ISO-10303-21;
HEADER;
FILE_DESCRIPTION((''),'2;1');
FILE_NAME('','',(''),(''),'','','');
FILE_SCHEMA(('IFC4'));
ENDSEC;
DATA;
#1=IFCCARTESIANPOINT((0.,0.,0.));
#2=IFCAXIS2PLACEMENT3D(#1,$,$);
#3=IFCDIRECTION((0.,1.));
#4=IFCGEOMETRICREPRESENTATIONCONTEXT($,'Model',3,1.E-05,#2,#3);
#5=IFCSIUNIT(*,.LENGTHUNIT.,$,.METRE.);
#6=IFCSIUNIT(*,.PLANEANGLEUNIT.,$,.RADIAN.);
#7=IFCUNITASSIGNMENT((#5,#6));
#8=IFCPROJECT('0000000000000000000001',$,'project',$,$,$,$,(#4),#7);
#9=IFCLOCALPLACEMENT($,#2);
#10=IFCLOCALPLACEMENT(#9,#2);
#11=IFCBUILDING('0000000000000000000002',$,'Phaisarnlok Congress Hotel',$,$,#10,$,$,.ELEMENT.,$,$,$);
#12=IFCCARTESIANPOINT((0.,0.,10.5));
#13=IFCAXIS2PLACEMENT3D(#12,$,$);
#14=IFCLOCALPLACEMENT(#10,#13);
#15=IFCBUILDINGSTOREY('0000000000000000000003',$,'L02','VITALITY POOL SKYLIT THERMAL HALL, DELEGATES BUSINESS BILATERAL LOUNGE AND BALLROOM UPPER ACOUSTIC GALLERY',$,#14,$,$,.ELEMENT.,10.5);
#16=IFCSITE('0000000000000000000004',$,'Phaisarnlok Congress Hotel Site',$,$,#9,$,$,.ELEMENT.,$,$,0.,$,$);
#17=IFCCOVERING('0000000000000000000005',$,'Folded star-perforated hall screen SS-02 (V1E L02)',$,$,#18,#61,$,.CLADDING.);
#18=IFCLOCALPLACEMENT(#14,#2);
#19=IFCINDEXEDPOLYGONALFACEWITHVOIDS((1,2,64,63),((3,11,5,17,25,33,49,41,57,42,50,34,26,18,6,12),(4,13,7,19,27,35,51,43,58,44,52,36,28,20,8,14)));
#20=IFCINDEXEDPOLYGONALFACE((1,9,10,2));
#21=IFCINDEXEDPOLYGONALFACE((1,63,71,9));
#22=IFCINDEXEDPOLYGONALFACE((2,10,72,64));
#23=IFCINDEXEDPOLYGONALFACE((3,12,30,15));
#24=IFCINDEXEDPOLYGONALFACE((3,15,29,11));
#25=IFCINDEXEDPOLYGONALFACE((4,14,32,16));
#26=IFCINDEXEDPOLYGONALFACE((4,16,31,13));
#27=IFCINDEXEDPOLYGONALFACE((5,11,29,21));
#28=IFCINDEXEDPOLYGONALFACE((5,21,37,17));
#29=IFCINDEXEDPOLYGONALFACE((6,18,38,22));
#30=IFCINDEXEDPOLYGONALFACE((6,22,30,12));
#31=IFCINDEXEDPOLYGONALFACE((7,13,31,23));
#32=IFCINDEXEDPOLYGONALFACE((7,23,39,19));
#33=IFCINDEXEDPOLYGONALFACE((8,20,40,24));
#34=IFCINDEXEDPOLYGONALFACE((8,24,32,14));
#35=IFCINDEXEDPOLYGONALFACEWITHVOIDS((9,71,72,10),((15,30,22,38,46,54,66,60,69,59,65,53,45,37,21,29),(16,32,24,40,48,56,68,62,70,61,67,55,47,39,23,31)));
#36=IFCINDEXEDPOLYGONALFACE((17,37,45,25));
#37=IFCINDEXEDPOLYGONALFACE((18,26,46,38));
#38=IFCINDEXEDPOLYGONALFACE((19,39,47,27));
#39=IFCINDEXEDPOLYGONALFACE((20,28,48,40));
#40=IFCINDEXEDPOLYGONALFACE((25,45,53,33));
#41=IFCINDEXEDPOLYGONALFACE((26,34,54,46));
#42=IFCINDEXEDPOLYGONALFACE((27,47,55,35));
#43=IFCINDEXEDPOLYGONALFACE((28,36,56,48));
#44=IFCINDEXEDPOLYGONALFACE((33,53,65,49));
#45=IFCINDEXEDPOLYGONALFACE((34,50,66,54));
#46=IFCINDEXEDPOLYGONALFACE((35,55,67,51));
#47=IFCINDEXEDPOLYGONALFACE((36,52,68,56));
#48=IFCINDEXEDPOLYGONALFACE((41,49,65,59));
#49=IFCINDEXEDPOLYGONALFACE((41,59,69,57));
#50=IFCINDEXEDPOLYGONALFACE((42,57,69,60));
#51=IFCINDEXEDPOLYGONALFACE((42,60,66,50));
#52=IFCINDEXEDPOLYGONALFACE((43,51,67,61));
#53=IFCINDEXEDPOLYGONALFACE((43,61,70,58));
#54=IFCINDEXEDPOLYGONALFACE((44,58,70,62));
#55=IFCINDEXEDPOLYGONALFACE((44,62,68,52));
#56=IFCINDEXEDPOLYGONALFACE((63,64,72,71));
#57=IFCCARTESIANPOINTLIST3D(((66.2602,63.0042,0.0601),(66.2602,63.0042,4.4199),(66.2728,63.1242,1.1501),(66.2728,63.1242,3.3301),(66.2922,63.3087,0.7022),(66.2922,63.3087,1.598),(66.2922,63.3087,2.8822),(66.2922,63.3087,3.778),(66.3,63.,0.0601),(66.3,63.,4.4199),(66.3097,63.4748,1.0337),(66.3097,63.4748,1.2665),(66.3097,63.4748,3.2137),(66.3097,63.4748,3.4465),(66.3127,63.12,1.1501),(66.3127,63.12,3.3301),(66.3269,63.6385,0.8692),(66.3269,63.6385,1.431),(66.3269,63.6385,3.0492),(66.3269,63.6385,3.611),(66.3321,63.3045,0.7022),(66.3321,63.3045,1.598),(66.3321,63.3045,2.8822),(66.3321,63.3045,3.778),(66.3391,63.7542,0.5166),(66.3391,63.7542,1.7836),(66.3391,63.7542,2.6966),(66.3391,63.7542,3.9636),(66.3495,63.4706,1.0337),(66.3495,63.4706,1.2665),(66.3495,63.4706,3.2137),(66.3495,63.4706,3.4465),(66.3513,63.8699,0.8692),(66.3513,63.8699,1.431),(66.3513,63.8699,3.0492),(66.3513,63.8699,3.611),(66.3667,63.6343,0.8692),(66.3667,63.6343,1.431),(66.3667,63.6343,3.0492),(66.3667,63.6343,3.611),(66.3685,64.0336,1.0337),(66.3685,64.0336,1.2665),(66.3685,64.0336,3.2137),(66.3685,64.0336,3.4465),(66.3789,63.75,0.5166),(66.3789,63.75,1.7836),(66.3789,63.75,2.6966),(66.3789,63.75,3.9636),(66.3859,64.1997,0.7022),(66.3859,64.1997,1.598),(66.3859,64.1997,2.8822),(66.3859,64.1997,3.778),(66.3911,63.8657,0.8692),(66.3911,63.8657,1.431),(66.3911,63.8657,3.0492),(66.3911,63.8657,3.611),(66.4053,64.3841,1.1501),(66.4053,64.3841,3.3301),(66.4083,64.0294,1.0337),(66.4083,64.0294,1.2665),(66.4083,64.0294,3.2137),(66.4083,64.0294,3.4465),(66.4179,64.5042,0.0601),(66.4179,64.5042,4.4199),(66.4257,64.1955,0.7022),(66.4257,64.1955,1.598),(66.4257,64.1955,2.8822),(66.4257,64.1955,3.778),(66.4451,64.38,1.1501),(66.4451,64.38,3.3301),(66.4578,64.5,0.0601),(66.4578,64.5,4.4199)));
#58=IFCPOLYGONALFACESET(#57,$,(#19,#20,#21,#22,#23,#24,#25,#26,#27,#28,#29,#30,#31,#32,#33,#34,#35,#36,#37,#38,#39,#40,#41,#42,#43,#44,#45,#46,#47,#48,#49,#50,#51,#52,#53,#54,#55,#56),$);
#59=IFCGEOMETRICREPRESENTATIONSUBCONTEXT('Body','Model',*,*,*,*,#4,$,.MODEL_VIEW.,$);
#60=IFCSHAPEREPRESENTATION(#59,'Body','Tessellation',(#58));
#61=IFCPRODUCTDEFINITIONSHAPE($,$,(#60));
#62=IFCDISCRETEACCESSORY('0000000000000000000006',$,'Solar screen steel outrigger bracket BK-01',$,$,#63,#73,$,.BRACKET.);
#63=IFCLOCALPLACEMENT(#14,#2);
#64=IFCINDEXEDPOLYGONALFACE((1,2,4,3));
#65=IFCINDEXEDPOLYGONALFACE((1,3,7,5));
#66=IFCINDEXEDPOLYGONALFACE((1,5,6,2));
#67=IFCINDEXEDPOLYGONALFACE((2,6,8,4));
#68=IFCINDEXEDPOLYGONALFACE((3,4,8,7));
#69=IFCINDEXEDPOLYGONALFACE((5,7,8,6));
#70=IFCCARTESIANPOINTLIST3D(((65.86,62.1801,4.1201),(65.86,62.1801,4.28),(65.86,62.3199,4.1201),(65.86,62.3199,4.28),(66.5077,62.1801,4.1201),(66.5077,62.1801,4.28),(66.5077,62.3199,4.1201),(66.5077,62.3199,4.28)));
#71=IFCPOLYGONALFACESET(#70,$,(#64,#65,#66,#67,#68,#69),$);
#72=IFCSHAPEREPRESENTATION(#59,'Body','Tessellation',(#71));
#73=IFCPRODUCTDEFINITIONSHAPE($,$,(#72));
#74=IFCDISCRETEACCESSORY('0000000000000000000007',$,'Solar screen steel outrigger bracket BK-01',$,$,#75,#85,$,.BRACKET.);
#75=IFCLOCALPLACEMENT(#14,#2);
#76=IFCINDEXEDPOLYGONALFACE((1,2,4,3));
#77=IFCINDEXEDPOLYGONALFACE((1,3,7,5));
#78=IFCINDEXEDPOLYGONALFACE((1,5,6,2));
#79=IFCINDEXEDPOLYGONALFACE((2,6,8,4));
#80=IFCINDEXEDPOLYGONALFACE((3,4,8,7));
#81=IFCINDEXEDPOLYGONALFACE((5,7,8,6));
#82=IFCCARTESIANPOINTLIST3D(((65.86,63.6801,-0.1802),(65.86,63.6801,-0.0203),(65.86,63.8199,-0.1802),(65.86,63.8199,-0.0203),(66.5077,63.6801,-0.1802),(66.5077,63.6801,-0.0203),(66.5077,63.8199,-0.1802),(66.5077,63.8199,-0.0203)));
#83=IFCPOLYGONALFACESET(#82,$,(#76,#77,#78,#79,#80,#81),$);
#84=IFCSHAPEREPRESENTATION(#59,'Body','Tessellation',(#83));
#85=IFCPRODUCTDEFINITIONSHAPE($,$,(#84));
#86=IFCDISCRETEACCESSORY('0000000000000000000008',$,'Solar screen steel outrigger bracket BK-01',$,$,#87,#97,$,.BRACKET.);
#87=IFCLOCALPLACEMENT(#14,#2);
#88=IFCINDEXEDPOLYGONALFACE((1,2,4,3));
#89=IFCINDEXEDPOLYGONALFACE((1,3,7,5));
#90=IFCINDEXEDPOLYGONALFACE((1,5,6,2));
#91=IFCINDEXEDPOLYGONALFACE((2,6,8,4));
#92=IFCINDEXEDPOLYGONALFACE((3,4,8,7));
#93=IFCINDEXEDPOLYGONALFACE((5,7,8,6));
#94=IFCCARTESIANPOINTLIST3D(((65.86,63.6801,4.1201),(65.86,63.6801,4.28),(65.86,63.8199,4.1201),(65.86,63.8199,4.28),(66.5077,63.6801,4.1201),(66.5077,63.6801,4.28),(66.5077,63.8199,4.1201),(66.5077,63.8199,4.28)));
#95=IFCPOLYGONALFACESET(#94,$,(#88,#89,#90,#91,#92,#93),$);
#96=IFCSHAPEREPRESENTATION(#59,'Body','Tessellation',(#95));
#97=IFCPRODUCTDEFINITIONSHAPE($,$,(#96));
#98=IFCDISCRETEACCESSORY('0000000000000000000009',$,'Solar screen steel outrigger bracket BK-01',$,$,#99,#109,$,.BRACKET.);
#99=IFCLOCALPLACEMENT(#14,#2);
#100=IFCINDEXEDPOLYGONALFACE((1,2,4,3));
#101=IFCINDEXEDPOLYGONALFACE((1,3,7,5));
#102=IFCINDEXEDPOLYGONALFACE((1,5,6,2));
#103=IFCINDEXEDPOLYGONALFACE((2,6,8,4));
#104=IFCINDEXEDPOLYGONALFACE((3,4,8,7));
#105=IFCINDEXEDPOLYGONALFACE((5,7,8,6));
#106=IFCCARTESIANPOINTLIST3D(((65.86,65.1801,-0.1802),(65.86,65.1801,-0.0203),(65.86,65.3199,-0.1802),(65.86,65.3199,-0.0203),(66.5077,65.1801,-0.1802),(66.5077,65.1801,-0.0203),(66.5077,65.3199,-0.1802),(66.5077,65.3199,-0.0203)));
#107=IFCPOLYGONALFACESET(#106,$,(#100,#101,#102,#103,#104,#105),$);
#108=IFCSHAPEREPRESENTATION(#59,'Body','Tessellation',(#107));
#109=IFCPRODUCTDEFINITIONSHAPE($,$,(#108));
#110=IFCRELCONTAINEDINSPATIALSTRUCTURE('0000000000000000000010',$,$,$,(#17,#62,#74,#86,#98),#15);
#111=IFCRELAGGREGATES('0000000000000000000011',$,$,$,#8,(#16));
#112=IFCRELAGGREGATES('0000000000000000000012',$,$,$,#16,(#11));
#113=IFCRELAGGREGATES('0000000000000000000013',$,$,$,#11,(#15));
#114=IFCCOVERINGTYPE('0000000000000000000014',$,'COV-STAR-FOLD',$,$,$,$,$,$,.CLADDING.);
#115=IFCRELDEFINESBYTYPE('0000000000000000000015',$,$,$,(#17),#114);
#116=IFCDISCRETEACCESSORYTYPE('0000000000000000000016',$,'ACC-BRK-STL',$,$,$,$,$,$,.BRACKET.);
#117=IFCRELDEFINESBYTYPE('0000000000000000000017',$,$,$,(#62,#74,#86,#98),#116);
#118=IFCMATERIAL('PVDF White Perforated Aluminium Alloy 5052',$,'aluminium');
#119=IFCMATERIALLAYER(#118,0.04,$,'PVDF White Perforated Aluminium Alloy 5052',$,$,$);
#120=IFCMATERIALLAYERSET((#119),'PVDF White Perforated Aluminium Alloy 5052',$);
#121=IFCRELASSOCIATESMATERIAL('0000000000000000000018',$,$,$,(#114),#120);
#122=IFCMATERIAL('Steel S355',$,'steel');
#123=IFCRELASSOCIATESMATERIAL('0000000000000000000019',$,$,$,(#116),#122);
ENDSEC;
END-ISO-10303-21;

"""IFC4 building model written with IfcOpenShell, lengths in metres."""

from ifc_helpers import new_model, si_unit, direction, frame, origin, origin_2d, place, context, subcontext, project, spatial, polyline, rectangle, outline, extrude, material, layer, layer_set, type_object, element, save


model = new_model("IFC4")

# Units and contexts
model_context = context("Model", 3, precision=1e-05, world=origin(), true_north=direction((0.0, 1.0)))
body_context = subcontext(model_context, "Body", "Model", "MODEL_VIEW")
ifc_project = project(units=[si_unit("LENGTHUNIT", "METRE"), si_unit("PLANEANGLEUNIT", "RADIAN")], contexts=[model_context])

# Site, building, storey
site_placement = place(None, origin())
site = spatial("IfcSite", under=ifc_project, at=site_placement, Name="Phaisarnlok Congress Hotel Site", CompositionType="ELEMENT", RefElevation=0.0)
building_placement = place(site_placement, origin())
building = spatial("IfcBuilding", under=site, at=building_placement, Name="Phaisarnlok Congress Hotel", CompositionType="ELEMENT")
storey_placement = place(building_placement, frame((0.0, 0.0, 10.5)))
storey = spatial("IfcBuildingStorey", under=building, at=storey_placement, Name="L02", Description="VITALITY POOL SKYLIT THERMAL HALL, DELEGATES BUSINESS BILATERAL LOUNGE AND BALLROOM UPPER ACOUSTIC GALLERY", CompositionType="ELEMENT", Elevation=10.5)

# Shared definitions
ifc_material_1 = material(Name="Steel S355", Category="steel")

# Covering
ifc_material_2 = material(Name="PVDF White Perforated Aluminium Alloy 5052", Category="aluminium")
ifc_layer_1 = layer(ifc_material_2, 0.04, Name="PVDF White Perforated Aluminium Alloy 5052")
ifc_layer_set_1 = layer_set([ifc_layer_1], Name="PVDF White Perforated Aluminium Alloy 5052")
covering_type = type_object("IfcCoveringType", Name="COV-STAR-FOLD", PredefinedType="CLADDING", material=ifc_layer_set_1)
for number, where, z_axis, x_axis, name in (
    (1, (66.4578, 64.5, 0.0601), (-0.994518, 0.104567, 0.0), (-0.104567, -0.994518, 0.0), "Folded star-perforated hall screen SS-02 (V1E L02)"),
):
    element("IfcCovering", number, at=place(storey_placement, frame(where, z_axis=z_axis, x_axis=x_axis)), inside=storey, type_object=covering_type, Name=name, PredefinedType="CLADDING", context=body_context, shape_type="SweptSolid", body=[
        extrude(outline(polyline([(0.0, 0.0), (1.5083, 0.0), (1.5083, 4.3599), (0.0, 4.3599), (0.0, 0.0)]), holes=[polyline([(1.0351, 0.9736), (1.2021, 0.6421), (0.8705, 0.8091), (0.7541, 0.4565), (0.6378, 0.8091), (0.3062, 0.6421), (0.4732, 0.9736), (0.1207, 1.09), (0.4732, 1.2064), (0.3062, 1.5379), (0.6378, 1.3709), (0.7541, 1.7235), (0.8705, 1.3709), (1.2021, 1.5379), (1.0351, 1.2064), (1.3876, 1.09), (1.0351, 0.9736)]), polyline([(1.0351, 3.1536), (1.2021, 2.8221), (0.8705, 2.9891), (0.7541, 2.6365), (0.6378, 2.9891), (0.3062, 2.8221), (0.4732, 3.1536), (0.1207, 3.27), (0.4732, 3.3864), (0.3062, 3.7179), (0.6378, 3.5509), (0.7541, 3.9035), (0.8705, 3.5509), (1.2021, 3.7179), (1.0351, 3.3864), (1.3876, 3.27), (1.0351, 3.1536)])]), origin(), (0.0, 0.0, 1.0), 0.04),
    ])

# Discrete accessories
discrete_accessory_type = type_object("IfcDiscreteAccessoryType", Name="ACC-BRK-STL", PredefinedType="BRACKET", material=ifc_material_1)
for number, where, z_axis, x_axis, name in (
    (2, (66.1838, 62.25, 4.1201), (0.0, 0.0, 1.0), (1.0, 0.0, 0.0), "Solar screen steel outrigger bracket BK-01"),
    (3, (66.1838, 63.75, -0.1802), (0.0, 0.0, 1.0), (1.0, 0.0, 0.0), "Solar screen steel outrigger bracket BK-01"),
    (4, (66.1838, 63.75, 4.1201), (0.0, 0.0, 1.0), (1.0, 0.0, 0.0), "Solar screen steel outrigger bracket BK-01"),
    (5, (66.1838, 65.25, -0.1802), (0.0, 0.0, 1.0), (1.0, 0.0, 0.0), "Solar screen steel outrigger bracket BK-01"),
):
    element("IfcDiscreteAccessory", number, at=place(storey_placement, frame(where, z_axis=z_axis, x_axis=x_axis)), inside=storey, type_object=discrete_accessory_type, Name=name, PredefinedType="BRACKET", context=body_context, shape_type="SweptSolid", body=[
        extrude(rectangle(XDim=0.6477, YDim=0.1399, at=origin_2d()), origin(), (0.0, 0.0, 1.0), 0.1599),
    ])

save(model, "model.ifc")
